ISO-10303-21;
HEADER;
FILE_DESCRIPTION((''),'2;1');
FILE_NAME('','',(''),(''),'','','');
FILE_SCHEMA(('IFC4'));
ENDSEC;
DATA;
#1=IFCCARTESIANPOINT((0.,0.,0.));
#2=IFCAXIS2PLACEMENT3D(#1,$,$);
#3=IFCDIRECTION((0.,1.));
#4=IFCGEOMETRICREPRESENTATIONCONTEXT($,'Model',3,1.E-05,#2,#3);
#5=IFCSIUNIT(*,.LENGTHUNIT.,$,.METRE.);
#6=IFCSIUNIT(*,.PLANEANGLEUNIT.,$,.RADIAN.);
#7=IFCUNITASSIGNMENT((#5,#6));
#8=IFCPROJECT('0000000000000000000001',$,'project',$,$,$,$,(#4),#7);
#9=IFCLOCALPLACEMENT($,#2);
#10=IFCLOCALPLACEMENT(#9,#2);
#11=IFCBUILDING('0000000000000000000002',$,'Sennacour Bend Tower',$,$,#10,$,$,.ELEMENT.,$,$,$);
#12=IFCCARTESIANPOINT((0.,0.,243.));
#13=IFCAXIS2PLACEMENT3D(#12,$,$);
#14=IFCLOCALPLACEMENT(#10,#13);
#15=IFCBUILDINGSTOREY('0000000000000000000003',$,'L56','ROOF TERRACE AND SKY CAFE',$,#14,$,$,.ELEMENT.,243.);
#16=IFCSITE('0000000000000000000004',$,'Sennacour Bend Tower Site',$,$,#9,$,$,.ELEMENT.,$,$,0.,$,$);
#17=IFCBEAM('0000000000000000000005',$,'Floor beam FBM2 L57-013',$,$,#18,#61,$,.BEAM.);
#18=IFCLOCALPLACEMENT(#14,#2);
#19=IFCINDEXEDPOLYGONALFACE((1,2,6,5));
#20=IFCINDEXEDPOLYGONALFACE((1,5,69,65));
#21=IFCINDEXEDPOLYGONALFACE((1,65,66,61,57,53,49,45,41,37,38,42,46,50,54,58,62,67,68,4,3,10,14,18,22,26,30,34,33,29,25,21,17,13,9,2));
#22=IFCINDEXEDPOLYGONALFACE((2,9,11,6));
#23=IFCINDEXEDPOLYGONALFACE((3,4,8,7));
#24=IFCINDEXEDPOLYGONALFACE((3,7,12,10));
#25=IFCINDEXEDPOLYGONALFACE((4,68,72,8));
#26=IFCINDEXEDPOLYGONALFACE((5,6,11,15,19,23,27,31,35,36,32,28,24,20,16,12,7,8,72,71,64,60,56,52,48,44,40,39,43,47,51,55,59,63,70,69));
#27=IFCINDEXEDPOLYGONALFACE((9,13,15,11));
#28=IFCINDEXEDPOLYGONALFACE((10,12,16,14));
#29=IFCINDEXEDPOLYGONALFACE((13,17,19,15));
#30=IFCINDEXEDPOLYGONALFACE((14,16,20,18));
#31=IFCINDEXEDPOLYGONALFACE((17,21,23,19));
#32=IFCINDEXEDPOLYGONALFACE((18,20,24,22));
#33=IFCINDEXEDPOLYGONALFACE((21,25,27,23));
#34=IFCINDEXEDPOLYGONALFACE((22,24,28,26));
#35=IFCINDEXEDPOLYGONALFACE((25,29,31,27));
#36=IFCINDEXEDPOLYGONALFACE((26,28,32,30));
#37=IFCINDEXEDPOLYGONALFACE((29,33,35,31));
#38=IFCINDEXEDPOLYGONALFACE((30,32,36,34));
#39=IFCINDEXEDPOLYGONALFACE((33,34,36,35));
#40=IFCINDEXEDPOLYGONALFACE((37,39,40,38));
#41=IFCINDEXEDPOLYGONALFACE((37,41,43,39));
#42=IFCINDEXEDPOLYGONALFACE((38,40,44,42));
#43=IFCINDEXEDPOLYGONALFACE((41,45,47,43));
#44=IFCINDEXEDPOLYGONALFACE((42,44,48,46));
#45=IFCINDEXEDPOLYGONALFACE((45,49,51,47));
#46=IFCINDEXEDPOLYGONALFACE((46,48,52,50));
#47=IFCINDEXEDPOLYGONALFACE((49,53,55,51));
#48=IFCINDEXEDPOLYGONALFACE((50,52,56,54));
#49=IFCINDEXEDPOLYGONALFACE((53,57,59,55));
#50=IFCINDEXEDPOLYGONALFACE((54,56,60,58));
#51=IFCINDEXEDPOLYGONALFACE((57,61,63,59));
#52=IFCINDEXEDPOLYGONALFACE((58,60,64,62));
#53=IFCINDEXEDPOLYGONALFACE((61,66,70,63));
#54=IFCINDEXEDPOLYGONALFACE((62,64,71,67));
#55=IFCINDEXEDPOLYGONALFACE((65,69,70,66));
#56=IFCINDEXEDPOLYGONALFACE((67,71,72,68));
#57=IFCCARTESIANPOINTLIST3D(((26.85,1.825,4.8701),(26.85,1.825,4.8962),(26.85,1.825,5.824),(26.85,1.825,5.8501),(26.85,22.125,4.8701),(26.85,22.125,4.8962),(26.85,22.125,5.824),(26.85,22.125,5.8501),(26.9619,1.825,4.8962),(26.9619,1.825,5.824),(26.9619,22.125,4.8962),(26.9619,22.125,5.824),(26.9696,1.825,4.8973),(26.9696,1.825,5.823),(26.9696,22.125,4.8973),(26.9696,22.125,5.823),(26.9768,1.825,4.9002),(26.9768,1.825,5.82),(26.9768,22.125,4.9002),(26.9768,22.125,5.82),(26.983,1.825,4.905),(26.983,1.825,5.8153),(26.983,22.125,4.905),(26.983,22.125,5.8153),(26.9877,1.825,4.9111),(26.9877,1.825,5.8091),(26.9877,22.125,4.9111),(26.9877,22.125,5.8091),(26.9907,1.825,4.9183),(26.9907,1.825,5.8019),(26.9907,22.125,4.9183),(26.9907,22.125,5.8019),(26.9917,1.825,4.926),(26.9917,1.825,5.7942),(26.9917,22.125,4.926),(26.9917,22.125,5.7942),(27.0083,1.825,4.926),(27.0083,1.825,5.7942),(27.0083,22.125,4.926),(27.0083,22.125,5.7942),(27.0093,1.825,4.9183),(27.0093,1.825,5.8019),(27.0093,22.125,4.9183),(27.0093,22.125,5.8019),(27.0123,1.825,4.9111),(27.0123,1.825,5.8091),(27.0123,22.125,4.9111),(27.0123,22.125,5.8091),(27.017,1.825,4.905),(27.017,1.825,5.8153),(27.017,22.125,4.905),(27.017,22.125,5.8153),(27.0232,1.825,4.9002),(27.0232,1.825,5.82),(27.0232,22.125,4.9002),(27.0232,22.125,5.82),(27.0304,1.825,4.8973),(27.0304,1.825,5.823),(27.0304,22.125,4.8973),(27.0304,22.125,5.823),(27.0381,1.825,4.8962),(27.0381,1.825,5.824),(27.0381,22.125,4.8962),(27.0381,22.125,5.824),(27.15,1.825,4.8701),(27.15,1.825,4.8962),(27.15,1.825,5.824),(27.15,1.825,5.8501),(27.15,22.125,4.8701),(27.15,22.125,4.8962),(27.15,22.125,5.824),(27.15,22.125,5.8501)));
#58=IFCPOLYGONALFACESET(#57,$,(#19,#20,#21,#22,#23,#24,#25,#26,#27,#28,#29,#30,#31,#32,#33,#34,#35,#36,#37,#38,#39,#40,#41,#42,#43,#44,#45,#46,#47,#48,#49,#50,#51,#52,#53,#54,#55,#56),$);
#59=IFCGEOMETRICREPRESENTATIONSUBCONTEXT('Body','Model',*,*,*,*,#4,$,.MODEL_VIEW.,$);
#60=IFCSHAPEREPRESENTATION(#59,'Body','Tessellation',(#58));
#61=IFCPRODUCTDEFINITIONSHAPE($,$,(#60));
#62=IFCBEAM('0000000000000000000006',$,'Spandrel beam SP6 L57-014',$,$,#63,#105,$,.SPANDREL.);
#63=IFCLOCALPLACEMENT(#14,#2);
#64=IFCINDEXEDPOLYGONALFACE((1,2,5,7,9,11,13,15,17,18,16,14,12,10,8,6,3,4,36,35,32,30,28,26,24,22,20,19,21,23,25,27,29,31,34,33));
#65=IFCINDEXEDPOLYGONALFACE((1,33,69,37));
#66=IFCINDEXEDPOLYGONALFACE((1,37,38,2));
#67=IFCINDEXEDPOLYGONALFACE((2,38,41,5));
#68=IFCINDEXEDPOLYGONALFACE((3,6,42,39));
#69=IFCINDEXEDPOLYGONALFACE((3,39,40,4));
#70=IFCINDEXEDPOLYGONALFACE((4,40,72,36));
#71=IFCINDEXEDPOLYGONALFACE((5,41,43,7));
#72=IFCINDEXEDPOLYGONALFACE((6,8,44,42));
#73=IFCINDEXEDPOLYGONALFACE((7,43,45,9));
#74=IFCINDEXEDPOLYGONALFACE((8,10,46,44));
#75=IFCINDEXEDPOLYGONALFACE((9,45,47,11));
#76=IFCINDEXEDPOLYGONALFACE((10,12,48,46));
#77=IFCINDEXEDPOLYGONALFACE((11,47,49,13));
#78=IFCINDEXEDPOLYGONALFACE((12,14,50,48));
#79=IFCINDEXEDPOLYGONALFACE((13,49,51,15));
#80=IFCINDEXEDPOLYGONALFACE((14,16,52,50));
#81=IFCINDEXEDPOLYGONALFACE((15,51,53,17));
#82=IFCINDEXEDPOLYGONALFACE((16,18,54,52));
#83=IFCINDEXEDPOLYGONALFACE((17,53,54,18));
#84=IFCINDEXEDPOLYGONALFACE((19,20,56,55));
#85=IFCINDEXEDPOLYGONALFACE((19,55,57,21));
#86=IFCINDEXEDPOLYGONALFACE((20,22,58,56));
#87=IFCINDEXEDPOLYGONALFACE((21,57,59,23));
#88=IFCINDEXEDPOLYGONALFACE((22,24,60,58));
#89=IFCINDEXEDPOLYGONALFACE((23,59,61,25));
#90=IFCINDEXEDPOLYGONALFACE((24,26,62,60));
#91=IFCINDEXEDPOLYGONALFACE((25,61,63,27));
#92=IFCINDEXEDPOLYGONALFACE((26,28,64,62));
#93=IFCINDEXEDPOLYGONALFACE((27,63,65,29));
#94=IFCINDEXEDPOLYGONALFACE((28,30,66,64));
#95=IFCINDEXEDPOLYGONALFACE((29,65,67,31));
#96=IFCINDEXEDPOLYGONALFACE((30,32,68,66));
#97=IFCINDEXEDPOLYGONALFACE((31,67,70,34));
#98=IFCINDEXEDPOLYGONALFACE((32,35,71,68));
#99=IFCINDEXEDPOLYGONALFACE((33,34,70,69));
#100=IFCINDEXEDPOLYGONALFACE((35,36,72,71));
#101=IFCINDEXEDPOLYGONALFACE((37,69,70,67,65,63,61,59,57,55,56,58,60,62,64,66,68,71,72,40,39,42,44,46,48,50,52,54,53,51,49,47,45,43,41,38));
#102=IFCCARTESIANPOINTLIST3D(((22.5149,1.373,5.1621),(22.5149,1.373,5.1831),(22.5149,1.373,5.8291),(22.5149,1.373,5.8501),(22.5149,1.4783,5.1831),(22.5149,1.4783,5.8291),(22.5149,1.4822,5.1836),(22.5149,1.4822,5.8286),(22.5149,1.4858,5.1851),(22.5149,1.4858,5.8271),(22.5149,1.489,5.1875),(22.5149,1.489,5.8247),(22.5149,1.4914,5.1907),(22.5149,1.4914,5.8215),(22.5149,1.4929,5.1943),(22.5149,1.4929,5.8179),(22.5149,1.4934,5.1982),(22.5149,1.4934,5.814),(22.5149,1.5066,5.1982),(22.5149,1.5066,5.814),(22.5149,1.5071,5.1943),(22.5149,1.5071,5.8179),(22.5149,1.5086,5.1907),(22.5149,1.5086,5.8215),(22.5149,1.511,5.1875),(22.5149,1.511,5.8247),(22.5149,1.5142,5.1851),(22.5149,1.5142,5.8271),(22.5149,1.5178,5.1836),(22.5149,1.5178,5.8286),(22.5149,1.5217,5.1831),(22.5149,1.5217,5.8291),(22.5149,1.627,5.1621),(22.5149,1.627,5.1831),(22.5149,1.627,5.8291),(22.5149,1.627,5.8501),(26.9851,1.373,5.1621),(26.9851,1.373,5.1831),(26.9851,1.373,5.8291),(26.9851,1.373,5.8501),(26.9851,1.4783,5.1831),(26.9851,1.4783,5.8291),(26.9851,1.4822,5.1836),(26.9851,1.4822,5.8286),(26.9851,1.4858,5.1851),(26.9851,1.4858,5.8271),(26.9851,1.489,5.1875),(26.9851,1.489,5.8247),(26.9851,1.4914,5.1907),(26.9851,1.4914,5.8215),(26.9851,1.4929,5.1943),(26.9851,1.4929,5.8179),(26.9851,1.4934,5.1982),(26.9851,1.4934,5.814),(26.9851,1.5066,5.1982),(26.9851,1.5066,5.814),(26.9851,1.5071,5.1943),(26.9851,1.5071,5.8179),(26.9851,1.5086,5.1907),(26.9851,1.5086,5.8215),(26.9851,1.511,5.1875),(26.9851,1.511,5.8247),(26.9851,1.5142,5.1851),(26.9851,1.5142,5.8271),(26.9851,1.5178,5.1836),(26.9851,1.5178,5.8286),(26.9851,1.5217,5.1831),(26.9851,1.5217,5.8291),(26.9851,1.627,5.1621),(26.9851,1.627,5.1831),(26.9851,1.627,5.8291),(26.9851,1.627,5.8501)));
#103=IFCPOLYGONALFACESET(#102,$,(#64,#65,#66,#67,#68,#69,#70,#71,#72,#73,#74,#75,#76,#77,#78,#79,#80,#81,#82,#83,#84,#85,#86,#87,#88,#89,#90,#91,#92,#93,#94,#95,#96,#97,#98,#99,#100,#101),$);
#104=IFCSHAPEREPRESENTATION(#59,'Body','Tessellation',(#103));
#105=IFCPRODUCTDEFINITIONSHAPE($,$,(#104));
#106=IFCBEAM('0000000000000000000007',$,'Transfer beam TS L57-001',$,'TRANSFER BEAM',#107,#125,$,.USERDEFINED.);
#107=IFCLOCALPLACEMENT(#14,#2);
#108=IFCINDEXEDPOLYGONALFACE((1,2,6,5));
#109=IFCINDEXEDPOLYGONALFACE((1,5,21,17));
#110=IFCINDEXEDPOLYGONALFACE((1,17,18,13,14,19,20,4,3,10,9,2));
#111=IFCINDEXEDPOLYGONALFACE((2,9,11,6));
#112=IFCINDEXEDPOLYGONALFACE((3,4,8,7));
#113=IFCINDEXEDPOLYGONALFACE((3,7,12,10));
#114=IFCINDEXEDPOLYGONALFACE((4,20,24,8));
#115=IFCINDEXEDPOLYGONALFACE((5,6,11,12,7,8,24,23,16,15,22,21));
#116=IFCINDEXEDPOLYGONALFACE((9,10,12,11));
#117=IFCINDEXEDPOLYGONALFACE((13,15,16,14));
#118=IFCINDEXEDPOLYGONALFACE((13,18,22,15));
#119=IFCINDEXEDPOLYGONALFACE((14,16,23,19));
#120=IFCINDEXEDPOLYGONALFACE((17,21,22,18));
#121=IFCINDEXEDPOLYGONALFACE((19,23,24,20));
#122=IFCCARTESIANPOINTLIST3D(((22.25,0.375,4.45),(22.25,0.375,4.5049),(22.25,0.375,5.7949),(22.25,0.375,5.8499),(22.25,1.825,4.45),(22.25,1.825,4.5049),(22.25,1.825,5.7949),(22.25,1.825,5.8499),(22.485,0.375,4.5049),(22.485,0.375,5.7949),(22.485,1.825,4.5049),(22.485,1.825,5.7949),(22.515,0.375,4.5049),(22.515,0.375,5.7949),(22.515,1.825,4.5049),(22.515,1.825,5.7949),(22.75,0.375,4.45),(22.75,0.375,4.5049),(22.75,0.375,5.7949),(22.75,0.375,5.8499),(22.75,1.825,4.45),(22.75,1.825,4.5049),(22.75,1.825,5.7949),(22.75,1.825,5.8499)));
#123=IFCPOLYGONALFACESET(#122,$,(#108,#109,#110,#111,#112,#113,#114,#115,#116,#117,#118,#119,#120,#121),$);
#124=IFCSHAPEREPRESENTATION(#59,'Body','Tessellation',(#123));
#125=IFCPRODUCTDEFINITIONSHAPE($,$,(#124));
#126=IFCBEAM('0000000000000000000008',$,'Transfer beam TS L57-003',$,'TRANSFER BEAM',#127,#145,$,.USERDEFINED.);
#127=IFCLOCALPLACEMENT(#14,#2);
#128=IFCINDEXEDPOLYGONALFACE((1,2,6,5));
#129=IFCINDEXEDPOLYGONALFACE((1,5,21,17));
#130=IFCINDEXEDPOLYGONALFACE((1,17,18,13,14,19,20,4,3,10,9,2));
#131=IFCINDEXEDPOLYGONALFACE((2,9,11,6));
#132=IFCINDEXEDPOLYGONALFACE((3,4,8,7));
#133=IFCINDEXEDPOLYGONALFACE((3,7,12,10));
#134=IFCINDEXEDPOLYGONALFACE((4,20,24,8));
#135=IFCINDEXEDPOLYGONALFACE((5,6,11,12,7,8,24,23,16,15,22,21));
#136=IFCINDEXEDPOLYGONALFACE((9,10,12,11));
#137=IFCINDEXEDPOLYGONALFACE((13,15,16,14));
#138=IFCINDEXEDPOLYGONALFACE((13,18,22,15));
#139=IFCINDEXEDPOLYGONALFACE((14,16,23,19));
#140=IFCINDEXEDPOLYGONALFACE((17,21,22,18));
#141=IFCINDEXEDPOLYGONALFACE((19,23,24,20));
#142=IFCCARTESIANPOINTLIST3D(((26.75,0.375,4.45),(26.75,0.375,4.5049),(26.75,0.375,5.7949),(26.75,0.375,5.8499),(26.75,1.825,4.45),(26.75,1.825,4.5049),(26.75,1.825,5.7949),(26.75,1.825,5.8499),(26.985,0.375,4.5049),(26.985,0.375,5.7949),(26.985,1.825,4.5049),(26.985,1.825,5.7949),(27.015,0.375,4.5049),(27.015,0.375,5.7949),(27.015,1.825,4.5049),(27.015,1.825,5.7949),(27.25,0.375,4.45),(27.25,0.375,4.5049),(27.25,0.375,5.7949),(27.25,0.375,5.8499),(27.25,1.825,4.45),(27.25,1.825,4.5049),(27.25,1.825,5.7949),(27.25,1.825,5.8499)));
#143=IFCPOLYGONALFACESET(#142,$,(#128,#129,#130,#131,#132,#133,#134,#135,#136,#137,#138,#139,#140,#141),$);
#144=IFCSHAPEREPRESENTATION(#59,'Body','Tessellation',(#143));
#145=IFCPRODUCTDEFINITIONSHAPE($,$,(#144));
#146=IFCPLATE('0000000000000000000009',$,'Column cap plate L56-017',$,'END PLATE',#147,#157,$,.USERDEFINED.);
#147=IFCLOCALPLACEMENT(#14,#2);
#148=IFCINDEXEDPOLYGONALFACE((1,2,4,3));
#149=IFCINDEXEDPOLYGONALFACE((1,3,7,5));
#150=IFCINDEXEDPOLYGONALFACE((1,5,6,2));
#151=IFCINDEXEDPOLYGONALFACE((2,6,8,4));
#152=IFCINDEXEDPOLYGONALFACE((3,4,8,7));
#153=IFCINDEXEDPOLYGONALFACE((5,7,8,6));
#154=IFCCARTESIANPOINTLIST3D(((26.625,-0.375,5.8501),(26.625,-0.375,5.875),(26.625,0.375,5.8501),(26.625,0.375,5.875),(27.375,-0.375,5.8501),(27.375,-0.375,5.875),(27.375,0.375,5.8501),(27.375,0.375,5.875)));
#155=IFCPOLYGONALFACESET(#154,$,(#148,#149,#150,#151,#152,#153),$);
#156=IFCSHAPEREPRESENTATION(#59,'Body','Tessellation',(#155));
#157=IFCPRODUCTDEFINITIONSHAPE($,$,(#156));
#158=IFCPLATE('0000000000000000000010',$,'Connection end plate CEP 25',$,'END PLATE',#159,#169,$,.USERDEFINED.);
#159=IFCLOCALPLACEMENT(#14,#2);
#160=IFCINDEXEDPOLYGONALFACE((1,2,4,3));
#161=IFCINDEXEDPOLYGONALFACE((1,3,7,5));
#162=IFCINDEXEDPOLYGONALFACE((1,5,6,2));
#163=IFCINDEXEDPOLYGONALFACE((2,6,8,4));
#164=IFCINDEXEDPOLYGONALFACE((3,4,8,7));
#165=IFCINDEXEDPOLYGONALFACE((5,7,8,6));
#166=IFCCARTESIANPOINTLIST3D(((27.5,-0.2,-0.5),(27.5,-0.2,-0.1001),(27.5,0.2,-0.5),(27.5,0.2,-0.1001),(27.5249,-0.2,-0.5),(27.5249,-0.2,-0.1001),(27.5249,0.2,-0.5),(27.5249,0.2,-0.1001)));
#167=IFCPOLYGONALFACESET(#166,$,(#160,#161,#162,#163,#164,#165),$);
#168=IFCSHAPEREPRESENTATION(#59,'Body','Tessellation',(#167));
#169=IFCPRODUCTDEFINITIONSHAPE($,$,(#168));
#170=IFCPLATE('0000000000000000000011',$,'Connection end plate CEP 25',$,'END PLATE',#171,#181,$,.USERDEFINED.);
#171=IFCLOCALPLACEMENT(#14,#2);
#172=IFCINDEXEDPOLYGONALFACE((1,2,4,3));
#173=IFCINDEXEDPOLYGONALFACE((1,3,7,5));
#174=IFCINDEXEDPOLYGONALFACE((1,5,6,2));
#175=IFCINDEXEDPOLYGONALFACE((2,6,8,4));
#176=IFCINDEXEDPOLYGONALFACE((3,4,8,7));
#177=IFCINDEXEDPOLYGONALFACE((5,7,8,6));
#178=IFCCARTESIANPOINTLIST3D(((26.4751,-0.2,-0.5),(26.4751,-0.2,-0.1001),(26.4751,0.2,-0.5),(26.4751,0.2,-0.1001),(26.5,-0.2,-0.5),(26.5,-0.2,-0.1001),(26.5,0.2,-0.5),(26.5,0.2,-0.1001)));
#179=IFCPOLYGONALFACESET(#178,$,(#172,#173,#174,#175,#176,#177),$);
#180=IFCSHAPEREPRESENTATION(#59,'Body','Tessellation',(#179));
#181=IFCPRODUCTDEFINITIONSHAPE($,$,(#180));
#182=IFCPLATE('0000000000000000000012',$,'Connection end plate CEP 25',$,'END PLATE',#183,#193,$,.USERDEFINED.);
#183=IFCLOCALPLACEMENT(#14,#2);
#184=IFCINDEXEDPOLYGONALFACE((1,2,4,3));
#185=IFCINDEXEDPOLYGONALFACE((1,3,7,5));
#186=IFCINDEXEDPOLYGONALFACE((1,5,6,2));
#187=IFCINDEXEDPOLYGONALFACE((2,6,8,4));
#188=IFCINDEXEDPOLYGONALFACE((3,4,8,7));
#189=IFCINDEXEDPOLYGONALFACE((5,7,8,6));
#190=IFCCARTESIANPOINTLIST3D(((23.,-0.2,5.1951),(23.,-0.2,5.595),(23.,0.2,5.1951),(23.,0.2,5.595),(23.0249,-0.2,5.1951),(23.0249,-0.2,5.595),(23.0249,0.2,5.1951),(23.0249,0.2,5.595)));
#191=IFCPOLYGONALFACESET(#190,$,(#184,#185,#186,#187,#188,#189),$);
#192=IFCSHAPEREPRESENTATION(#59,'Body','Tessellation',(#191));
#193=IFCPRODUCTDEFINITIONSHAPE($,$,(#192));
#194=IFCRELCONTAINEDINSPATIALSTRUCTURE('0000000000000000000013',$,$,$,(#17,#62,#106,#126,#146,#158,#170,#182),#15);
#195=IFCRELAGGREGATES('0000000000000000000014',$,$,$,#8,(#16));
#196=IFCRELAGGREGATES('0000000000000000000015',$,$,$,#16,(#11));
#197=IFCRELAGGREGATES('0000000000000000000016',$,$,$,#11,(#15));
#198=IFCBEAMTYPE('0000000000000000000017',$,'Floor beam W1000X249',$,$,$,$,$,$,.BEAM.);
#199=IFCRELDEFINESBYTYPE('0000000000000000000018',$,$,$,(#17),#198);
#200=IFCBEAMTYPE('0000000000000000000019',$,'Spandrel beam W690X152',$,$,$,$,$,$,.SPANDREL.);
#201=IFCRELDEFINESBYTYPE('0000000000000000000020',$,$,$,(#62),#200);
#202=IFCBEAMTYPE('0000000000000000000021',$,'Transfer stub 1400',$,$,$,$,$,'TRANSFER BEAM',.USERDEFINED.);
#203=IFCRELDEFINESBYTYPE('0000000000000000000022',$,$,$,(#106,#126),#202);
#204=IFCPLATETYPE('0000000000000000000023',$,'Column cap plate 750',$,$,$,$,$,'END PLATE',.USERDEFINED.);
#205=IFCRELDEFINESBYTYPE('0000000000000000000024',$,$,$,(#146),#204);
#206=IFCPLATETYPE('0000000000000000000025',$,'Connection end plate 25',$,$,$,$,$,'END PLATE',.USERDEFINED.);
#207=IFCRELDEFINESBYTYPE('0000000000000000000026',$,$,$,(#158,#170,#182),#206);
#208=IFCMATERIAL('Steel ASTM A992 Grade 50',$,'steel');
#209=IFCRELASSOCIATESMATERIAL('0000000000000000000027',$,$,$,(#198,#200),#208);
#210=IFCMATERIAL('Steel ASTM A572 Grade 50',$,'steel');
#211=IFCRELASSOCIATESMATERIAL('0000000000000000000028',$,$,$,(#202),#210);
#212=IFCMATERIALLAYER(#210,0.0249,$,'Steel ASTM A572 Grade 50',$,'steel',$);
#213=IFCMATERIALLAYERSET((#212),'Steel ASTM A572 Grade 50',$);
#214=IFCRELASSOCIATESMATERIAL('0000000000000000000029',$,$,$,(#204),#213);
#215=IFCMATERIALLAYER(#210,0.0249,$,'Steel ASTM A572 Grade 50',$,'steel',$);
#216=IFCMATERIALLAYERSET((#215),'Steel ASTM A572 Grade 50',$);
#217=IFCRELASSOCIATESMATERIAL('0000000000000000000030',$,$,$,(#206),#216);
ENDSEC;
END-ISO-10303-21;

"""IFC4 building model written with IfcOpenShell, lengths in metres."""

from ifc_helpers import new_model, si_unit, direction, frame, origin, origin_2d, place, context, subcontext, project, spatial, rectangle, i_section, extrude, material, layer, layer_set, material_profile, profile_set, type_object, element, save


model = new_model("IFC4")

# Units and contexts
model_context = context("Model", 3, precision=1e-05, world=origin(), true_north=direction((0.0, 1.0)))
body_context = subcontext(model_context, "Body", "Model", "MODEL_VIEW")
ifc_project = project(units=[si_unit("LENGTHUNIT", "METRE"), si_unit("PLANEANGLEUNIT", "RADIAN")], contexts=[model_context])

# Site, building, storey
site_placement = place(None, origin())
site = spatial("IfcSite", under=ifc_project, at=site_placement, Name="Sennacour Bend Tower Site", CompositionType="ELEMENT", RefElevation=0.0)
building_placement = place(site_placement, origin())
building = spatial("IfcBuilding", under=site, at=building_placement, Name="Sennacour Bend Tower", CompositionType="ELEMENT")
storey_placement = place(building_placement, frame((0.0, 0.0, 243.0)))
storey = spatial("IfcBuildingStorey", under=building, at=storey_placement, Name="L56", Description="ROOF TERRACE AND SKY CAFE", CompositionType="ELEMENT", Elevation=243.0)

# Shared definitions
ifc_material_1 = material(Name="Steel ASTM A572 Grade 50", Category="steel")

# Shared definitions
ifc_material_2 = material(Name="Steel ASTM A992 Grade 50", Category="steel")

# Beams
ifc_material_profile_1 = material_profile(ifc_material_2, i_section(OverallWidth=0.3, OverallDepth=0.98, WebThickness=0.0166, FlangeThickness=0.0261, FilletRadius=0.0298, at=origin_2d()), Name="Steel ASTM A992 Grade 50", Category="steel")
ifc_profile_set_1 = profile_set([ifc_material_profile_1], Name="Steel ASTM A992 Grade 50")
beam_type_1 = type_object("IfcBeamType", Name="Floor beam W1000X249", PredefinedType="BEAM", material=ifc_profile_set_1)
beam_1_placement = place(storey_placement, frame((27.0, 1.825, 5.3601), z_axis=(0.0, 1.0, 0.0), x_axis=(-1.0, 0.0, 0.0)))
element("IfcBeam", 1, at=beam_1_placement, inside=storey, type_object=beam_type_1, Name="Floor beam FBM2 L57-013", PredefinedType="BEAM", context=body_context, shape_type="SweptSolid", body=[
    extrude(i_section(OverallWidth=0.3, OverallDepth=0.98, WebThickness=0.0166, FlangeThickness=0.0261, FilletRadius=0.0298, at=origin_2d()), origin(), (0.0, 0.0, 1.0), 20.3),
])
ifc_material_profile_2 = material_profile(ifc_material_2, i_section(OverallWidth=0.2539, OverallDepth=0.688, WebThickness=0.0132, FlangeThickness=0.021, FilletRadius=0.0151, at=origin_2d()), Name="Steel ASTM A992 Grade 50", Category="steel")
ifc_profile_set_2 = profile_set([ifc_material_profile_2], Name="Steel ASTM A992 Grade 50")
beam_type_2 = type_object("IfcBeamType", Name="Spandrel beam W690X152", PredefinedType="SPANDREL", material=ifc_profile_set_2)
beam_2_placement = place(storey_placement, frame((26.9851, 1.5, 5.5061), z_axis=(-1.0, 0.0, 0.0), x_axis=(0.0, -1.0, 0.0)))
element("IfcBeam", 2, at=beam_2_placement, inside=storey, type_object=beam_type_2, Name="Spandrel beam SP6 L57-014", PredefinedType="SPANDREL", context=body_context, shape_type="SweptSolid", body=[
    extrude(i_section(OverallWidth=0.2539, OverallDepth=0.688, WebThickness=0.0132, FlangeThickness=0.021, FilletRadius=0.0151, at=origin_2d()), origin(), (0.0, 0.0, 1.0), 4.4702),
])
ifc_material_profile_3 = material_profile(ifc_material_1, i_section(OverallWidth=0.5, OverallDepth=1.3999, WebThickness=0.03, FlangeThickness=0.0549, at=origin_2d()), Name="Steel ASTM A572 Grade 50", Category="steel")
ifc_profile_set_3 = profile_set([ifc_material_profile_3], Name="Steel ASTM A572 Grade 50")
beam_type_3 = type_object("IfcBeamType", Name="Transfer stub 1400", ElementType="TRANSFER BEAM", PredefinedType="USERDEFINED", material=ifc_profile_set_3)
for number, where, z_axis, x_axis, name in (
    (3, (22.5, 0.375, 5.1499), (0.0, 1.0, 0.0), (-1.0, 0.0, 0.0), "Transfer beam TS L57-001"),
    (4, (27.0, 0.375, 5.1499), (0.0, 1.0, 0.0), (-1.0, 0.0, 0.0), "Transfer beam TS L57-003"),
):
    element("IfcBeam", number, at=place(storey_placement, frame(where, z_axis=z_axis, x_axis=x_axis)), inside=storey, type_object=beam_type_3, Name=name, ObjectType="TRANSFER BEAM", PredefinedType="USERDEFINED", context=body_context, shape_type="SweptSolid", body=[
        extrude(i_section(OverallWidth=0.5, OverallDepth=1.3999, WebThickness=0.03, FlangeThickness=0.0549, at=origin_2d()), origin(), (0.0, 0.0, 1.0), 1.45),
    ])

# Plates
ifc_layer_1 = layer(ifc_material_1, 0.0249, Name="Steel ASTM A572 Grade 50", Category="steel")
ifc_layer_set_1 = layer_set([ifc_layer_1], Name="Steel ASTM A572 Grade 50")
plate_type_1 = type_object("IfcPlateType", Name="Column cap plate 750", ElementType="END PLATE", PredefinedType="USERDEFINED", material=ifc_layer_set_1)
plate_placement = place(storey_placement, frame((27.0, 0.0, 5.8501), z_axis=(0.0, 0.0, 1.0), x_axis=(1.0, 0.0, 0.0)))
element("IfcPlate", 5, at=plate_placement, inside=storey, type_object=plate_type_1, Name="Column cap plate L56-017", ObjectType="END PLATE", PredefinedType="USERDEFINED", context=body_context, shape_type="SweptSolid", body=[
    extrude(rectangle(XDim=0.75, YDim=0.75, at=origin_2d()), origin(), (0.0, 0.0, 1.0), 0.0249),
])
ifc_layer_2 = layer(ifc_material_1, 0.0249, Name="Steel ASTM A572 Grade 50", Category="steel")
ifc_layer_set_2 = layer_set([ifc_layer_2], Name="Steel ASTM A572 Grade 50")
plate_type_2 = type_object("IfcPlateType", Name="Connection end plate 25", ElementType="END PLATE", PredefinedType="USERDEFINED", material=ifc_layer_set_2)
for number, where, z_axis, x_axis, name in (
    (6, (27.5125, 0.0, -0.5), (0.0, 0.0, 1.0), (-1.0, 0.0, 0.0), "Connection end plate CEP 25"),
    (7, (26.4875, 0.0, -0.5), (0.0, 0.0, 1.0), (1.0, 0.0, 0.0), "Connection end plate CEP 25"),
    (8, (23.0125, 0.0, 5.1951), (0.0, 0.0, 1.0), (-1.0, 0.0, 0.0), "Connection end plate CEP 25"),
):
    element("IfcPlate", number, at=place(storey_placement, frame(where, z_axis=z_axis, x_axis=x_axis)), inside=storey, type_object=plate_type_2, Name=name, ObjectType="END PLATE", PredefinedType="USERDEFINED", context=body_context, shape_type="SweptSolid", body=[
        extrude(rectangle(XDim=0.0249, YDim=0.3999, at=origin_2d()), origin(), (0.0, 0.0, 1.0), 0.3999),
    ])

save(model, "model.ifc")
